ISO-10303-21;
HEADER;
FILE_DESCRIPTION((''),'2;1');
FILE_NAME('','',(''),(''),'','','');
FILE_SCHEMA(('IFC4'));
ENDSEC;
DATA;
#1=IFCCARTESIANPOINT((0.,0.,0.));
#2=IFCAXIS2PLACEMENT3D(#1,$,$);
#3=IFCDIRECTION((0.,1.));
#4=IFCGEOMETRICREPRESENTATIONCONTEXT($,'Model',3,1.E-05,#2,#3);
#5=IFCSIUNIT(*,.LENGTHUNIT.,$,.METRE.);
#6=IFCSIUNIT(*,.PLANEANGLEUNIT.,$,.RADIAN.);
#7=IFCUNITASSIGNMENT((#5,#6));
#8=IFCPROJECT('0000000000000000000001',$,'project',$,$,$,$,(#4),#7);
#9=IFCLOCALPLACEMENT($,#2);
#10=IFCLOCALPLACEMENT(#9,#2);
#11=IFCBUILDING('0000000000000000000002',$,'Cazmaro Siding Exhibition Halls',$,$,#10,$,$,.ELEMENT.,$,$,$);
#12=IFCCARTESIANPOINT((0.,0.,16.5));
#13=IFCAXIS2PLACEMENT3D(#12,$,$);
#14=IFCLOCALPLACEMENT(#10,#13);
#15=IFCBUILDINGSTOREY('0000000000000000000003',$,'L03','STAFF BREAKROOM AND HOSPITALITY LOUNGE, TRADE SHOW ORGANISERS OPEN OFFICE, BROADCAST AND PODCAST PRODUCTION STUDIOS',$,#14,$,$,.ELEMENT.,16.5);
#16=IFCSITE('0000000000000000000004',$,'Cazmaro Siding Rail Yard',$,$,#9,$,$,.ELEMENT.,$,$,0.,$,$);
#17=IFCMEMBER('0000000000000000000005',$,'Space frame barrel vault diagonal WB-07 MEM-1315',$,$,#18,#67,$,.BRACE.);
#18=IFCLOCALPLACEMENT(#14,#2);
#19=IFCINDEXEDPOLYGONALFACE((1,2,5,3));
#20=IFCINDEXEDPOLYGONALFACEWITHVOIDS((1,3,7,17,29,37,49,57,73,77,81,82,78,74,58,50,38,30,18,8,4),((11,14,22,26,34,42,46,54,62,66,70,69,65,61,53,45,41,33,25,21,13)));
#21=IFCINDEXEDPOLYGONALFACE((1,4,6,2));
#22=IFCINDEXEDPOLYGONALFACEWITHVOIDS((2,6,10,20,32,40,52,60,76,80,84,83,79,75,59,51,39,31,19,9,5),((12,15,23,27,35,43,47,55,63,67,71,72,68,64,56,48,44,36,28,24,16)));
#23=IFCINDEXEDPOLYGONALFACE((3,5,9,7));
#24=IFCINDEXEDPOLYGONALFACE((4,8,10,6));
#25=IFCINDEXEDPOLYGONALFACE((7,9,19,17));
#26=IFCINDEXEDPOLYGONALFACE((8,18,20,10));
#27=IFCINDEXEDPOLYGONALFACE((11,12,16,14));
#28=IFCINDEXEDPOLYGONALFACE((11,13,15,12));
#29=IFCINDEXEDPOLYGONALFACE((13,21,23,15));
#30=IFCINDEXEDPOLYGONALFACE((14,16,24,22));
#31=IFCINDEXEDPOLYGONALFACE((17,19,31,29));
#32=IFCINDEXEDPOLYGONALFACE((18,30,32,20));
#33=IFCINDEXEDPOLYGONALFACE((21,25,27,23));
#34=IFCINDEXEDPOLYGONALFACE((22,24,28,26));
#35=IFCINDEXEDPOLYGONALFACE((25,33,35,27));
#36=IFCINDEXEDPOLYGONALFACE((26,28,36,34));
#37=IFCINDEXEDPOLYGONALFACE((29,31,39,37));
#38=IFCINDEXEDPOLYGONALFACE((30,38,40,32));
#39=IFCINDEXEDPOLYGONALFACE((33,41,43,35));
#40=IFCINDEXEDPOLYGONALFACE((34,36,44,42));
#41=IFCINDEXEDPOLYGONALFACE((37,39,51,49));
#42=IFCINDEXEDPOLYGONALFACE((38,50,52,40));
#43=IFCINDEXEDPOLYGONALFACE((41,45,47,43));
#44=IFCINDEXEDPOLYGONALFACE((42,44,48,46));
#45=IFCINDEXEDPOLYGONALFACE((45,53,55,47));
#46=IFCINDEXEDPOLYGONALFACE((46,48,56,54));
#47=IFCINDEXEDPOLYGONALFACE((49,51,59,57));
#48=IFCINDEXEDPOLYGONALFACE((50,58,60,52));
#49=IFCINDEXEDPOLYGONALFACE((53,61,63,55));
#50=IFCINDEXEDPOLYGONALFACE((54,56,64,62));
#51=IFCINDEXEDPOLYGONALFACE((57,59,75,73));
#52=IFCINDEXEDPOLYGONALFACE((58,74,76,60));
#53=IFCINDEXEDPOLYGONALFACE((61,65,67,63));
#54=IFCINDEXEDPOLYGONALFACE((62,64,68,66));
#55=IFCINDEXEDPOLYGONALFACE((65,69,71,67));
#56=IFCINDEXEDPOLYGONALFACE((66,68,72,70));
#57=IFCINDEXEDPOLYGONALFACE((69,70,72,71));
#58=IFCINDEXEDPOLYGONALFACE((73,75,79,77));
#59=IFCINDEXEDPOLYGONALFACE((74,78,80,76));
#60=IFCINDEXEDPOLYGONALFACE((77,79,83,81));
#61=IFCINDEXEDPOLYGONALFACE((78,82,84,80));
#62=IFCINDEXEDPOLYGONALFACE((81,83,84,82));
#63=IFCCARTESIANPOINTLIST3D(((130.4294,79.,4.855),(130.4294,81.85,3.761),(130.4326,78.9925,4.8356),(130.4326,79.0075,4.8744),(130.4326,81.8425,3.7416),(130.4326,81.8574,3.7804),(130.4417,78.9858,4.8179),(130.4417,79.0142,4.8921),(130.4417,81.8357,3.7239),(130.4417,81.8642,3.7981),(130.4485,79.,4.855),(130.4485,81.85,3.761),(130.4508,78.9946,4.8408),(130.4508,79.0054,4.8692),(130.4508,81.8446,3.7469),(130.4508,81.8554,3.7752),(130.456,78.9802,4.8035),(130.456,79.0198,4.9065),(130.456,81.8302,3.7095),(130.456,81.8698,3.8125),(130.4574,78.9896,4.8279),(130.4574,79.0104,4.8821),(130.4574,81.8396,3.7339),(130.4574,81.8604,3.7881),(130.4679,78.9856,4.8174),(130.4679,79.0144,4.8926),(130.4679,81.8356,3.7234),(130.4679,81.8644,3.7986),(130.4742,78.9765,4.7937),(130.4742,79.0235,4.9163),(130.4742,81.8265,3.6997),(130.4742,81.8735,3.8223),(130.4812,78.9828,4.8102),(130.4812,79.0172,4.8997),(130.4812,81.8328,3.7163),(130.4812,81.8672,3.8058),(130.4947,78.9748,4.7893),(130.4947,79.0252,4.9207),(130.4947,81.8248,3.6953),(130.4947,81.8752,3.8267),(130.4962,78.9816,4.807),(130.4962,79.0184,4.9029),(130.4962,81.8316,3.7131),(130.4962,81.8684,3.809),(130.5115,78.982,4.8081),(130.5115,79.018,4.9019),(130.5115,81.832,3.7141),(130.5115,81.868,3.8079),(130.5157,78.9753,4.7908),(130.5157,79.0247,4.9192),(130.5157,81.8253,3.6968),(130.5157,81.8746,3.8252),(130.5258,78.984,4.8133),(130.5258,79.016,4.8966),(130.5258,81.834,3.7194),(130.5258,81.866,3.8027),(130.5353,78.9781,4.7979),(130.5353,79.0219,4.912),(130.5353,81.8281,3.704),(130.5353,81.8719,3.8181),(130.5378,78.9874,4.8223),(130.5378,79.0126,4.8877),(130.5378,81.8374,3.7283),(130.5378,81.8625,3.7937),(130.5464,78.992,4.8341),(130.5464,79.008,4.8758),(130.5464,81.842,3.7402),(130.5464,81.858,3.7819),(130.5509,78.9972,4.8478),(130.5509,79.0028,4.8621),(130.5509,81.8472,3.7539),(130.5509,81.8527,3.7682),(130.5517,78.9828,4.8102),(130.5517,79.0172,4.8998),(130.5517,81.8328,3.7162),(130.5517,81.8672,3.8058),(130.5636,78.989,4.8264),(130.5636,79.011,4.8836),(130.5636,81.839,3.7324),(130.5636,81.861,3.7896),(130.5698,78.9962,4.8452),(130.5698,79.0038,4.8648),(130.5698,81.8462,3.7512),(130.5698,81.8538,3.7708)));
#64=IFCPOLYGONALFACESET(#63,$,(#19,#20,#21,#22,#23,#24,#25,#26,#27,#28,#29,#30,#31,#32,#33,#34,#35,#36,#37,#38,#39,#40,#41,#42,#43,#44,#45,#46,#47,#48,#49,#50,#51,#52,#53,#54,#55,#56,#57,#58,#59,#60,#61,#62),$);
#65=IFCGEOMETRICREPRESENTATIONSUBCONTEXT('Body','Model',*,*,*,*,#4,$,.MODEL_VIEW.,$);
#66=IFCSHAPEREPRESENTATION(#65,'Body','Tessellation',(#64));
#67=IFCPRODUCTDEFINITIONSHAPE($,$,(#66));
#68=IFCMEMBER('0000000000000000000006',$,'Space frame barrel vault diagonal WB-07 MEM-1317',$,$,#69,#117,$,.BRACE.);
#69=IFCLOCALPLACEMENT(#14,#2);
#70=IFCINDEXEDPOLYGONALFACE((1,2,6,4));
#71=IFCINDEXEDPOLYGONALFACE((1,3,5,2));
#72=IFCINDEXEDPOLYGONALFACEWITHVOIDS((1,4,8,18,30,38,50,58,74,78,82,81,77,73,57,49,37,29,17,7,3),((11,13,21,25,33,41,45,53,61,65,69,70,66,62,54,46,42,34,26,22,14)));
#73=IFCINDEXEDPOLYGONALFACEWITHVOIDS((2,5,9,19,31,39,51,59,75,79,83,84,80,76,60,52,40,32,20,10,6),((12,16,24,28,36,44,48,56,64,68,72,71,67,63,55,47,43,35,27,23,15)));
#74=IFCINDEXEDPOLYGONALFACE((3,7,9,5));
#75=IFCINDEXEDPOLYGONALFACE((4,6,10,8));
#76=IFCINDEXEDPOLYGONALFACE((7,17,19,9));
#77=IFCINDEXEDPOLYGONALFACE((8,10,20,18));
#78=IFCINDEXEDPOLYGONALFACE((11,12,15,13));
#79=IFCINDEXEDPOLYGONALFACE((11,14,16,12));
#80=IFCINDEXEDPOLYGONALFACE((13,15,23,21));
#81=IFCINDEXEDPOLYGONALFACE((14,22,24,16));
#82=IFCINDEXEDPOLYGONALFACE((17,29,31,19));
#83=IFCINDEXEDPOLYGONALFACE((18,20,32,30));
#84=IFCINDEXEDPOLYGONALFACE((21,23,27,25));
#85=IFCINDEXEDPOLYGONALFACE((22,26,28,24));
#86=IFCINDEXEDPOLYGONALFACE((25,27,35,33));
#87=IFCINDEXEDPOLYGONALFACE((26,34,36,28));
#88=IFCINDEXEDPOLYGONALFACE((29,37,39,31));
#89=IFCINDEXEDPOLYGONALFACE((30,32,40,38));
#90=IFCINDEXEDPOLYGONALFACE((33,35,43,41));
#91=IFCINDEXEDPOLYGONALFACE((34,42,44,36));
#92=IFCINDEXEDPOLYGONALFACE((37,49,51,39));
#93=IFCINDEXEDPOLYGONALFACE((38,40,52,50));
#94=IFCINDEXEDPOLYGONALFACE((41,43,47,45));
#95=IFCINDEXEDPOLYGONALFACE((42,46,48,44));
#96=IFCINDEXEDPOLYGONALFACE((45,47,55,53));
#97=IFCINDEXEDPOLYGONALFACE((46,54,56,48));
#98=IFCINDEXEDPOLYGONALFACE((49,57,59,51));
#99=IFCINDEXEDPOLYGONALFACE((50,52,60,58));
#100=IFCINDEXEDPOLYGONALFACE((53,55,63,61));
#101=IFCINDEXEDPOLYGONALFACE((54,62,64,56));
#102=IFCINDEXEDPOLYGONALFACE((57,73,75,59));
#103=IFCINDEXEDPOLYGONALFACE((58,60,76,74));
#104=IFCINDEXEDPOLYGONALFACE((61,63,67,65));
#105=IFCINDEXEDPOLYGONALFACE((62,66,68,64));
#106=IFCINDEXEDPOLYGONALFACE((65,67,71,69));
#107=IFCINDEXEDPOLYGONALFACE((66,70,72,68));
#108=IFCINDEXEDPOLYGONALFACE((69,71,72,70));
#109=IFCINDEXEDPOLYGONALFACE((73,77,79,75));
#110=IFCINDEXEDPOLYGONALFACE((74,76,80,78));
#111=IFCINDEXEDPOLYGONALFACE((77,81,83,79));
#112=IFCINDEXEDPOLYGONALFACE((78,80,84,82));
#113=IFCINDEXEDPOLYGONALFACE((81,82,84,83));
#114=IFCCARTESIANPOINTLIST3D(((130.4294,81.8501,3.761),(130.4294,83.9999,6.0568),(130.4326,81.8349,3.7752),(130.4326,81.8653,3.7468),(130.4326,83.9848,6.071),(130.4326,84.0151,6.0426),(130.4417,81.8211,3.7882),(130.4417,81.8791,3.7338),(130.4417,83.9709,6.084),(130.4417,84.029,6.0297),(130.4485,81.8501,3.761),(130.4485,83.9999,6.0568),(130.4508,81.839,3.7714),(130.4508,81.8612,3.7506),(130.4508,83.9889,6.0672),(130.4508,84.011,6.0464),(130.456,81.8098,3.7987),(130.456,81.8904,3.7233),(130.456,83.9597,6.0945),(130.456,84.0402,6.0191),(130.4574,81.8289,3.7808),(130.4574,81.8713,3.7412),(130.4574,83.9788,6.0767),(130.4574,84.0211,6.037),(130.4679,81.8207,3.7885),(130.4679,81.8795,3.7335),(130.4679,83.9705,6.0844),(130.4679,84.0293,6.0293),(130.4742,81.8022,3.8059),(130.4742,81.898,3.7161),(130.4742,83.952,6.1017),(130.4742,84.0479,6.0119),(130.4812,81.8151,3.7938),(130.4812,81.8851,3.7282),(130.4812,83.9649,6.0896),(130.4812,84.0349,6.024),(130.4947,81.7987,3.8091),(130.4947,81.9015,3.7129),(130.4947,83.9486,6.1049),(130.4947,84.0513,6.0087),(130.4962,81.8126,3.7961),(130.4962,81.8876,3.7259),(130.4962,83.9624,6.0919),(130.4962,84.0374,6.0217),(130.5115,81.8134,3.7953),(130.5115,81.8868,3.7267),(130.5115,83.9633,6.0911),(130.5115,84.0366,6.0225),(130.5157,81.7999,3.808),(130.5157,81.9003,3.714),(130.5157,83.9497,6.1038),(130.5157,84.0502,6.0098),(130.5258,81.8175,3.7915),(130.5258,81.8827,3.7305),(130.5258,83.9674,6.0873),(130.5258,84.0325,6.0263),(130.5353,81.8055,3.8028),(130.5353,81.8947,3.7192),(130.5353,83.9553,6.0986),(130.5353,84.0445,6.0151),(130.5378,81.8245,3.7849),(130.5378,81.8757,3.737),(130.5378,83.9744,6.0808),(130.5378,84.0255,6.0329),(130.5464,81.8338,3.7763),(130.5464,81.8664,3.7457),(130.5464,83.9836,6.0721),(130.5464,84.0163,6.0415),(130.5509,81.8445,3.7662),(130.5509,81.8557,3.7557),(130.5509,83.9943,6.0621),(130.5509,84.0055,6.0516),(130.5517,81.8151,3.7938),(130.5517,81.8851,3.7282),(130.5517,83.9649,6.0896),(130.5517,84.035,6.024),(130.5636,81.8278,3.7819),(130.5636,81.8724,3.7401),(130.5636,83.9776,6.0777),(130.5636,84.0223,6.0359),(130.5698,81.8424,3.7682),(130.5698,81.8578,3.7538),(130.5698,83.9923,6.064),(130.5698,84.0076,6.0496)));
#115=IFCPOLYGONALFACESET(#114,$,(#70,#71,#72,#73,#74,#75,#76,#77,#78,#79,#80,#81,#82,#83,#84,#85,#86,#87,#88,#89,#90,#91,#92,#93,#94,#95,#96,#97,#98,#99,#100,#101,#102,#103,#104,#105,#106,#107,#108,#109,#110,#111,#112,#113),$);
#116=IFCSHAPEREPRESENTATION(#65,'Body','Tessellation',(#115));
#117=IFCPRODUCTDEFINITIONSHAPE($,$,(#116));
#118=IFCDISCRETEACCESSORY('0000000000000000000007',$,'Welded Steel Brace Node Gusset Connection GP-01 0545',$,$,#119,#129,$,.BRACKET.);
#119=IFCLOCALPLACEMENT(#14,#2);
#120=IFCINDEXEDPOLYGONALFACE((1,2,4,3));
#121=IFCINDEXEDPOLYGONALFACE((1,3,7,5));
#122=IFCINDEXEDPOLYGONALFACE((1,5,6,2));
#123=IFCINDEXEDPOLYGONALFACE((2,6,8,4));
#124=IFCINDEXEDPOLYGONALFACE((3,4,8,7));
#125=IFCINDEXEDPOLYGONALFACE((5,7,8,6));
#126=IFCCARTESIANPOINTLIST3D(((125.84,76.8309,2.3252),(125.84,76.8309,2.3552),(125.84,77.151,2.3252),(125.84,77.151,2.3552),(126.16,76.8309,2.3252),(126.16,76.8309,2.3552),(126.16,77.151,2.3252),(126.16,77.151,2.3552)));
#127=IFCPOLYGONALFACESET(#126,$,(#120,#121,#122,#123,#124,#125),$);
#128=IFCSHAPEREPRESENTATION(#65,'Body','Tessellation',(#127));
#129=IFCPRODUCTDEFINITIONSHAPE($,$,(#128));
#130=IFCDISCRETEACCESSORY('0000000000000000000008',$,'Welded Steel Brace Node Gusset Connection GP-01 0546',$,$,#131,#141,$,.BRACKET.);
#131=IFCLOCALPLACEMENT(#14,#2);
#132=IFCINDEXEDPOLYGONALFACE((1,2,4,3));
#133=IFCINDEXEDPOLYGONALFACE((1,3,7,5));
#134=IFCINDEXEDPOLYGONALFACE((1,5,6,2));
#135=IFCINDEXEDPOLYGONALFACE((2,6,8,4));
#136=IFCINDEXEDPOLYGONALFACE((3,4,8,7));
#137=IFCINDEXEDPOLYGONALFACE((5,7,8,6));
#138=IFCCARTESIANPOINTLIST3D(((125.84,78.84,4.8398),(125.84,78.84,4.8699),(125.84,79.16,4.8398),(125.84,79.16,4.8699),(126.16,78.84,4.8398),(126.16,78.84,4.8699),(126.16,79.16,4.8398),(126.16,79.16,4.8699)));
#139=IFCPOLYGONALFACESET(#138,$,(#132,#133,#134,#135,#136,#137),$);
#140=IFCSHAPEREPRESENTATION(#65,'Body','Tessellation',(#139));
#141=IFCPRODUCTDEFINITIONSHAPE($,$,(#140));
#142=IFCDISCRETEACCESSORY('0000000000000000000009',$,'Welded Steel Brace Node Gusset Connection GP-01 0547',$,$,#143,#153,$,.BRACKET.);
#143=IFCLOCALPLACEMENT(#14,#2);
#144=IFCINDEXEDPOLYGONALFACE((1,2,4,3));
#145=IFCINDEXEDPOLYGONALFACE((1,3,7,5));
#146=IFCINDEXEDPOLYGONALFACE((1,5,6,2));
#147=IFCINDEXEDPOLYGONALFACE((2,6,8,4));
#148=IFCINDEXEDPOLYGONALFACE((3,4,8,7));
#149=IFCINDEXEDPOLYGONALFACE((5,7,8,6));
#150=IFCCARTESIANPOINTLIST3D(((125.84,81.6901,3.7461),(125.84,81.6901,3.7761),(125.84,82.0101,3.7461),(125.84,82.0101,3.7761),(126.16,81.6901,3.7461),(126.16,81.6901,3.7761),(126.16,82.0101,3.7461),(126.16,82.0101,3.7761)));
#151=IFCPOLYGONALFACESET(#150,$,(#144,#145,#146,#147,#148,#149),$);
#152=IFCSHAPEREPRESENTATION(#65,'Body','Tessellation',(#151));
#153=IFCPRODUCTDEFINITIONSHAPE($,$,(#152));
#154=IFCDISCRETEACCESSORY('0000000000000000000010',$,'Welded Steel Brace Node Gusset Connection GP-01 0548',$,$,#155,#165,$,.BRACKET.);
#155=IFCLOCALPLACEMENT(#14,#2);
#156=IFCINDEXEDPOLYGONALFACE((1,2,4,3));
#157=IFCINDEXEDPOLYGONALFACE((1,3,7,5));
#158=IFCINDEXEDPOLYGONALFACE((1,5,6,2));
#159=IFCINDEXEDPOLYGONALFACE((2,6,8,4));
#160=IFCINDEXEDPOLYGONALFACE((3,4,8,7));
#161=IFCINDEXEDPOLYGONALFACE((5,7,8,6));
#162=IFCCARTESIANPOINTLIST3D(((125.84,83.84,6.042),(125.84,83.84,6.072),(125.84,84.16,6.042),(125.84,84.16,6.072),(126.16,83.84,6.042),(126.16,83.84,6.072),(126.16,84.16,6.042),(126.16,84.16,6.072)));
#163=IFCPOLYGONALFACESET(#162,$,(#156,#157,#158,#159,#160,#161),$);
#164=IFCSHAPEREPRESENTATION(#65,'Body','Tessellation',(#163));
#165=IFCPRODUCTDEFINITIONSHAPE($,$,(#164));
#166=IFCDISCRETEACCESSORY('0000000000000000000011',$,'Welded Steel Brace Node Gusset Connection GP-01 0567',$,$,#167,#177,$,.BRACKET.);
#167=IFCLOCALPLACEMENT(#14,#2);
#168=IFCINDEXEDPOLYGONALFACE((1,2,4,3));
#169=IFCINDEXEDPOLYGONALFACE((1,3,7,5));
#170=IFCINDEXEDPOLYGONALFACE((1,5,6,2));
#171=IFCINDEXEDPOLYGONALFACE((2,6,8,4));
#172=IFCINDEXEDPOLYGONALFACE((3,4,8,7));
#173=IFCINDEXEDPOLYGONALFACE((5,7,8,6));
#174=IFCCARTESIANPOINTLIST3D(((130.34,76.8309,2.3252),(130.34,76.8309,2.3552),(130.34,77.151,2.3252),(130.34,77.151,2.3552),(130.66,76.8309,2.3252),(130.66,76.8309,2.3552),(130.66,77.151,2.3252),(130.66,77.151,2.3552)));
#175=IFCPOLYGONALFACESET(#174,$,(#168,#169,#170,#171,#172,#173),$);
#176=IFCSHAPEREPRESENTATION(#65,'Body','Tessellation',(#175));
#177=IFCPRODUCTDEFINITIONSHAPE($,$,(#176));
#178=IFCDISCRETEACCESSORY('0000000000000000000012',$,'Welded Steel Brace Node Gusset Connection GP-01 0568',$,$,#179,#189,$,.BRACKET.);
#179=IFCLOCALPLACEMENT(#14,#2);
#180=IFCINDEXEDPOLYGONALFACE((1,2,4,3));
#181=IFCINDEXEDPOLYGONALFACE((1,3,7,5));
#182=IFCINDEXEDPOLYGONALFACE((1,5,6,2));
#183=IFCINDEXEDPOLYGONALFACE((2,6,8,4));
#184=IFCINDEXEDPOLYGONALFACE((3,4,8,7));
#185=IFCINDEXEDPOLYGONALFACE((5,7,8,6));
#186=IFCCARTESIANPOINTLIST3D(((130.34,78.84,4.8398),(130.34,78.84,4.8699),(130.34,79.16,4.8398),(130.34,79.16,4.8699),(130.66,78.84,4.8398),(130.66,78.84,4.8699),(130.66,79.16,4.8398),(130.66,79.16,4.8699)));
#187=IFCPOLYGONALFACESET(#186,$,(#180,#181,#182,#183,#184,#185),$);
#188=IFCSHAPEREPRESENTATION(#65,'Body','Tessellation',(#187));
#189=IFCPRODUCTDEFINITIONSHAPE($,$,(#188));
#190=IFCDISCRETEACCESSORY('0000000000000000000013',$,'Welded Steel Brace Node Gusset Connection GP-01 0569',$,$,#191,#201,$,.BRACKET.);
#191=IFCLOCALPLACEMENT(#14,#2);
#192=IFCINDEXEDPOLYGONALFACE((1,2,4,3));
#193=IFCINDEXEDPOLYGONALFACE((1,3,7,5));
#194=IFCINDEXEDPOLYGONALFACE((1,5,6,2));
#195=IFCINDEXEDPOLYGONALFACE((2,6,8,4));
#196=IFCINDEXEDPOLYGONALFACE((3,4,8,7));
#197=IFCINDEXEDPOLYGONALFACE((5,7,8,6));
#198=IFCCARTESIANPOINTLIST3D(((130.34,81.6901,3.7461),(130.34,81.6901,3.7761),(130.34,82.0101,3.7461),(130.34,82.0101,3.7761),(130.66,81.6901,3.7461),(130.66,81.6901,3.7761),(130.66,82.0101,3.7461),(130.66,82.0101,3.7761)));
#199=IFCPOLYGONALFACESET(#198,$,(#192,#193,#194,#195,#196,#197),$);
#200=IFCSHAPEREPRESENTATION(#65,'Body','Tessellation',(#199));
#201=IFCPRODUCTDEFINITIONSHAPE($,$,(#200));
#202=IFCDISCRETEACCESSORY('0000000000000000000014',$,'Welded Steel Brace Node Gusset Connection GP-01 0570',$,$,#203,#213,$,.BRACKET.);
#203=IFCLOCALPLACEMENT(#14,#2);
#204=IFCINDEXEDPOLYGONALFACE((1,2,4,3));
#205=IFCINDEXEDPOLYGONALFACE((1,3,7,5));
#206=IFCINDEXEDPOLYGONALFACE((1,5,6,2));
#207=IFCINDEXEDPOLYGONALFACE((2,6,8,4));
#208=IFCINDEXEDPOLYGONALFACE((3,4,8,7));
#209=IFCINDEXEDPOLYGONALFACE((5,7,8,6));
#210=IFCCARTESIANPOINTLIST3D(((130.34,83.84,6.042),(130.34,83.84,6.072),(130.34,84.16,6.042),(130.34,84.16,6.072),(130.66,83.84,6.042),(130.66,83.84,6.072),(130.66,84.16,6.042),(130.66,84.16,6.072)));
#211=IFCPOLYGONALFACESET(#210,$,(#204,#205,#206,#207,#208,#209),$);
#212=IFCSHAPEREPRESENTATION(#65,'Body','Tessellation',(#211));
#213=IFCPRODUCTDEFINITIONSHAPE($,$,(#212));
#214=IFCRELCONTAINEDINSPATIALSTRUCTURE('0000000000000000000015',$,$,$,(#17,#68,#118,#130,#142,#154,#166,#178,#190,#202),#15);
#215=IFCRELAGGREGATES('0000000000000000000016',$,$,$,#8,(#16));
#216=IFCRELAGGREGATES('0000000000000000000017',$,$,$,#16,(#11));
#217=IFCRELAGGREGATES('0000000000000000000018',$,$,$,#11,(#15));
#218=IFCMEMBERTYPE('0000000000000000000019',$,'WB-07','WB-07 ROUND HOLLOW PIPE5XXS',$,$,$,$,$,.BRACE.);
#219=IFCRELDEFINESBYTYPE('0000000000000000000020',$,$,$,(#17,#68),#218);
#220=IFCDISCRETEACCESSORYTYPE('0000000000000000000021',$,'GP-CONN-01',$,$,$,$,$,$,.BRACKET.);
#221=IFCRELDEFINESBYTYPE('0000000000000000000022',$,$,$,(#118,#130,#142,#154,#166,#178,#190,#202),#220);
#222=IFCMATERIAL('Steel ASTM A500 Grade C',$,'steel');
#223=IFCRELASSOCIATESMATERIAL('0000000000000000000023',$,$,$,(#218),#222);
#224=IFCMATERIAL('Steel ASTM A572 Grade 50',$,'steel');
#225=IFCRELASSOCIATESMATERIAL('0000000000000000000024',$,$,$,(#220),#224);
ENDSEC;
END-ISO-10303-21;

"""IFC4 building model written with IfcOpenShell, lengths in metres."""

from ifc_helpers import new_model, si_unit, direction, frame, origin, origin_2d, place, context, subcontext, project, spatial, rectangle, hollow_circle, extrude, material, material_profile, profile_set, type_object, element, save


model = new_model("IFC4")

# Units and contexts
model_context = context("Model", 3, precision=1e-05, world=origin(), true_north=direction((0.0, 1.0)))
body_context = subcontext(model_context, "Body", "Model", "MODEL_VIEW")
ifc_project = project(units=[si_unit("LENGTHUNIT", "METRE"), si_unit("PLANEANGLEUNIT", "RADIAN")], contexts=[model_context])

# Site, building, storey
site_placement = place(None, origin())
site = spatial("IfcSite", under=ifc_project, at=site_placement, Name="Cazmaro Siding Rail Yard", CompositionType="ELEMENT", RefElevation=0.0)
building_placement = place(site_placement, origin())
building = spatial("IfcBuilding", under=site, at=building_placement, Name="Cazmaro Siding Exhibition Halls", CompositionType="ELEMENT")
storey_placement = place(building_placement, frame((0.0, 0.0, 16.5)))
storey = spatial("IfcBuildingStorey", under=building, at=storey_placement, Name="L03", Description="STAFF BREAKROOM AND HOSPITALITY LOUNGE, TRADE SHOW ORGANISERS OPEN OFFICE, BROADCAST AND PODCAST PRODUCTION STUDIOS", CompositionType="ELEMENT", Elevation=16.5)

# Members
ifc_material_1 = material(Name="Steel ASTM A500 Grade C", Category="steel")
ifc_material_profile_1 = material_profile(ifc_material_1, hollow_circle(Radius=0.0706, WallThickness=0.019, at=origin_2d()), Name="PIPE5XXS")
ifc_profile_set_1 = profile_set([ifc_material_profile_1], Name="Steel ASTM A500 Grade C")
member_type_1 = type_object("IfcMemberType", Name="WB-07", Description="WB-07 ROUND HOLLOW PIPE5XXS", PredefinedType="BRACE", material=ifc_profile_set_1)
member_1_placement = place(storey_placement, frame((130.5, 79.0, 4.855), z_axis=(0.0, 0.933587, -0.358352), x_axis=(-1.0, 0.0, 0.0)))
element("IfcMember", 1, at=member_1_placement, inside=storey, type_object=member_type_1, Name="Space frame barrel vault diagonal WB-07 MEM-1315", PredefinedType="BRACE", context=body_context, shape_type="SweptSolid", body=[
    extrude(hollow_circle(Radius=0.0706, WallThickness=0.019, at=origin_2d()), origin(), (0.0, 0.0, 1.0), 3.0527),
])
member_2_placement = place(storey_placement, frame((130.5, 81.8501, 3.761), z_axis=(0.0, 0.683518, 0.729934), x_axis=(-1.0, 0.0, 0.0)))
element("IfcMember", 2, at=member_2_placement, inside=storey, type_object=member_type_1, Name="Space frame barrel vault diagonal WB-07 MEM-1317", PredefinedType="BRACE", context=body_context, shape_type="SweptSolid", body=[
    extrude(hollow_circle(Radius=0.0706, WallThickness=0.019, at=origin_2d()), origin(), (0.0, 0.0, 1.0), 3.1453),
])

# Discrete accessories
ifc_material_2 = material(Name="Steel ASTM A572 Grade 50", Category="steel")
discrete_accessory_type = type_object("IfcDiscreteAccessoryType", Name="GP-CONN-01", PredefinedType="BRACKET", material=ifc_material_2)
for number, where, z_axis, x_axis, name in (
    (3, (126.0, 76.991, 2.3252), (0.0, 0.0, 1.0), (1.0, 0.0, 0.0), "Welded Steel Brace Node Gusset Connection GP-01 0545"),
    (4, (126.0, 79.0, 4.8398), (0.0, 0.0, 1.0), (1.0, 0.0, 0.0), "Welded Steel Brace Node Gusset Connection GP-01 0546"),
    (5, (126.0, 81.8501, 3.7461), (0.0, 0.0, 1.0), (1.0, 0.0, 0.0), "Welded Steel Brace Node Gusset Connection GP-01 0547"),
    (6, (126.0, 84.0, 6.042), (0.0, 0.0, 1.0), (1.0, 0.0, 0.0), "Welded Steel Brace Node Gusset Connection GP-01 0548"),
    (7, (130.5, 76.991, 2.3252), (0.0, 0.0, 1.0), (1.0, 0.0, 0.0), "Welded Steel Brace Node Gusset Connection GP-01 0567"),
    (8, (130.5, 79.0, 4.8398), (0.0, 0.0, 1.0), (1.0, 0.0, 0.0), "Welded Steel Brace Node Gusset Connection GP-01 0568"),
    (9, (130.5, 81.8501, 3.7461), (0.0, 0.0, 1.0), (1.0, 0.0, 0.0), "Welded Steel Brace Node Gusset Connection GP-01 0569"),
    (10, (130.5, 84.0, 6.042), (0.0, 0.0, 1.0), (1.0, 0.0, 0.0), "Welded Steel Brace Node Gusset Connection GP-01 0570"),
):
    element("IfcDiscreteAccessory", number, at=place(storey_placement, frame(where, z_axis=z_axis, x_axis=x_axis)), inside=storey, type_object=discrete_accessory_type, Name=name, PredefinedType="BRACKET", context=body_context, shape_type="SweptSolid", body=[
        extrude(rectangle(XDim=0.3201, YDim=0.3201, at=origin_2d()), origin(), (0.0, 0.0, 1.0), 0.03),
    ])

save(model, "model.ifc")
